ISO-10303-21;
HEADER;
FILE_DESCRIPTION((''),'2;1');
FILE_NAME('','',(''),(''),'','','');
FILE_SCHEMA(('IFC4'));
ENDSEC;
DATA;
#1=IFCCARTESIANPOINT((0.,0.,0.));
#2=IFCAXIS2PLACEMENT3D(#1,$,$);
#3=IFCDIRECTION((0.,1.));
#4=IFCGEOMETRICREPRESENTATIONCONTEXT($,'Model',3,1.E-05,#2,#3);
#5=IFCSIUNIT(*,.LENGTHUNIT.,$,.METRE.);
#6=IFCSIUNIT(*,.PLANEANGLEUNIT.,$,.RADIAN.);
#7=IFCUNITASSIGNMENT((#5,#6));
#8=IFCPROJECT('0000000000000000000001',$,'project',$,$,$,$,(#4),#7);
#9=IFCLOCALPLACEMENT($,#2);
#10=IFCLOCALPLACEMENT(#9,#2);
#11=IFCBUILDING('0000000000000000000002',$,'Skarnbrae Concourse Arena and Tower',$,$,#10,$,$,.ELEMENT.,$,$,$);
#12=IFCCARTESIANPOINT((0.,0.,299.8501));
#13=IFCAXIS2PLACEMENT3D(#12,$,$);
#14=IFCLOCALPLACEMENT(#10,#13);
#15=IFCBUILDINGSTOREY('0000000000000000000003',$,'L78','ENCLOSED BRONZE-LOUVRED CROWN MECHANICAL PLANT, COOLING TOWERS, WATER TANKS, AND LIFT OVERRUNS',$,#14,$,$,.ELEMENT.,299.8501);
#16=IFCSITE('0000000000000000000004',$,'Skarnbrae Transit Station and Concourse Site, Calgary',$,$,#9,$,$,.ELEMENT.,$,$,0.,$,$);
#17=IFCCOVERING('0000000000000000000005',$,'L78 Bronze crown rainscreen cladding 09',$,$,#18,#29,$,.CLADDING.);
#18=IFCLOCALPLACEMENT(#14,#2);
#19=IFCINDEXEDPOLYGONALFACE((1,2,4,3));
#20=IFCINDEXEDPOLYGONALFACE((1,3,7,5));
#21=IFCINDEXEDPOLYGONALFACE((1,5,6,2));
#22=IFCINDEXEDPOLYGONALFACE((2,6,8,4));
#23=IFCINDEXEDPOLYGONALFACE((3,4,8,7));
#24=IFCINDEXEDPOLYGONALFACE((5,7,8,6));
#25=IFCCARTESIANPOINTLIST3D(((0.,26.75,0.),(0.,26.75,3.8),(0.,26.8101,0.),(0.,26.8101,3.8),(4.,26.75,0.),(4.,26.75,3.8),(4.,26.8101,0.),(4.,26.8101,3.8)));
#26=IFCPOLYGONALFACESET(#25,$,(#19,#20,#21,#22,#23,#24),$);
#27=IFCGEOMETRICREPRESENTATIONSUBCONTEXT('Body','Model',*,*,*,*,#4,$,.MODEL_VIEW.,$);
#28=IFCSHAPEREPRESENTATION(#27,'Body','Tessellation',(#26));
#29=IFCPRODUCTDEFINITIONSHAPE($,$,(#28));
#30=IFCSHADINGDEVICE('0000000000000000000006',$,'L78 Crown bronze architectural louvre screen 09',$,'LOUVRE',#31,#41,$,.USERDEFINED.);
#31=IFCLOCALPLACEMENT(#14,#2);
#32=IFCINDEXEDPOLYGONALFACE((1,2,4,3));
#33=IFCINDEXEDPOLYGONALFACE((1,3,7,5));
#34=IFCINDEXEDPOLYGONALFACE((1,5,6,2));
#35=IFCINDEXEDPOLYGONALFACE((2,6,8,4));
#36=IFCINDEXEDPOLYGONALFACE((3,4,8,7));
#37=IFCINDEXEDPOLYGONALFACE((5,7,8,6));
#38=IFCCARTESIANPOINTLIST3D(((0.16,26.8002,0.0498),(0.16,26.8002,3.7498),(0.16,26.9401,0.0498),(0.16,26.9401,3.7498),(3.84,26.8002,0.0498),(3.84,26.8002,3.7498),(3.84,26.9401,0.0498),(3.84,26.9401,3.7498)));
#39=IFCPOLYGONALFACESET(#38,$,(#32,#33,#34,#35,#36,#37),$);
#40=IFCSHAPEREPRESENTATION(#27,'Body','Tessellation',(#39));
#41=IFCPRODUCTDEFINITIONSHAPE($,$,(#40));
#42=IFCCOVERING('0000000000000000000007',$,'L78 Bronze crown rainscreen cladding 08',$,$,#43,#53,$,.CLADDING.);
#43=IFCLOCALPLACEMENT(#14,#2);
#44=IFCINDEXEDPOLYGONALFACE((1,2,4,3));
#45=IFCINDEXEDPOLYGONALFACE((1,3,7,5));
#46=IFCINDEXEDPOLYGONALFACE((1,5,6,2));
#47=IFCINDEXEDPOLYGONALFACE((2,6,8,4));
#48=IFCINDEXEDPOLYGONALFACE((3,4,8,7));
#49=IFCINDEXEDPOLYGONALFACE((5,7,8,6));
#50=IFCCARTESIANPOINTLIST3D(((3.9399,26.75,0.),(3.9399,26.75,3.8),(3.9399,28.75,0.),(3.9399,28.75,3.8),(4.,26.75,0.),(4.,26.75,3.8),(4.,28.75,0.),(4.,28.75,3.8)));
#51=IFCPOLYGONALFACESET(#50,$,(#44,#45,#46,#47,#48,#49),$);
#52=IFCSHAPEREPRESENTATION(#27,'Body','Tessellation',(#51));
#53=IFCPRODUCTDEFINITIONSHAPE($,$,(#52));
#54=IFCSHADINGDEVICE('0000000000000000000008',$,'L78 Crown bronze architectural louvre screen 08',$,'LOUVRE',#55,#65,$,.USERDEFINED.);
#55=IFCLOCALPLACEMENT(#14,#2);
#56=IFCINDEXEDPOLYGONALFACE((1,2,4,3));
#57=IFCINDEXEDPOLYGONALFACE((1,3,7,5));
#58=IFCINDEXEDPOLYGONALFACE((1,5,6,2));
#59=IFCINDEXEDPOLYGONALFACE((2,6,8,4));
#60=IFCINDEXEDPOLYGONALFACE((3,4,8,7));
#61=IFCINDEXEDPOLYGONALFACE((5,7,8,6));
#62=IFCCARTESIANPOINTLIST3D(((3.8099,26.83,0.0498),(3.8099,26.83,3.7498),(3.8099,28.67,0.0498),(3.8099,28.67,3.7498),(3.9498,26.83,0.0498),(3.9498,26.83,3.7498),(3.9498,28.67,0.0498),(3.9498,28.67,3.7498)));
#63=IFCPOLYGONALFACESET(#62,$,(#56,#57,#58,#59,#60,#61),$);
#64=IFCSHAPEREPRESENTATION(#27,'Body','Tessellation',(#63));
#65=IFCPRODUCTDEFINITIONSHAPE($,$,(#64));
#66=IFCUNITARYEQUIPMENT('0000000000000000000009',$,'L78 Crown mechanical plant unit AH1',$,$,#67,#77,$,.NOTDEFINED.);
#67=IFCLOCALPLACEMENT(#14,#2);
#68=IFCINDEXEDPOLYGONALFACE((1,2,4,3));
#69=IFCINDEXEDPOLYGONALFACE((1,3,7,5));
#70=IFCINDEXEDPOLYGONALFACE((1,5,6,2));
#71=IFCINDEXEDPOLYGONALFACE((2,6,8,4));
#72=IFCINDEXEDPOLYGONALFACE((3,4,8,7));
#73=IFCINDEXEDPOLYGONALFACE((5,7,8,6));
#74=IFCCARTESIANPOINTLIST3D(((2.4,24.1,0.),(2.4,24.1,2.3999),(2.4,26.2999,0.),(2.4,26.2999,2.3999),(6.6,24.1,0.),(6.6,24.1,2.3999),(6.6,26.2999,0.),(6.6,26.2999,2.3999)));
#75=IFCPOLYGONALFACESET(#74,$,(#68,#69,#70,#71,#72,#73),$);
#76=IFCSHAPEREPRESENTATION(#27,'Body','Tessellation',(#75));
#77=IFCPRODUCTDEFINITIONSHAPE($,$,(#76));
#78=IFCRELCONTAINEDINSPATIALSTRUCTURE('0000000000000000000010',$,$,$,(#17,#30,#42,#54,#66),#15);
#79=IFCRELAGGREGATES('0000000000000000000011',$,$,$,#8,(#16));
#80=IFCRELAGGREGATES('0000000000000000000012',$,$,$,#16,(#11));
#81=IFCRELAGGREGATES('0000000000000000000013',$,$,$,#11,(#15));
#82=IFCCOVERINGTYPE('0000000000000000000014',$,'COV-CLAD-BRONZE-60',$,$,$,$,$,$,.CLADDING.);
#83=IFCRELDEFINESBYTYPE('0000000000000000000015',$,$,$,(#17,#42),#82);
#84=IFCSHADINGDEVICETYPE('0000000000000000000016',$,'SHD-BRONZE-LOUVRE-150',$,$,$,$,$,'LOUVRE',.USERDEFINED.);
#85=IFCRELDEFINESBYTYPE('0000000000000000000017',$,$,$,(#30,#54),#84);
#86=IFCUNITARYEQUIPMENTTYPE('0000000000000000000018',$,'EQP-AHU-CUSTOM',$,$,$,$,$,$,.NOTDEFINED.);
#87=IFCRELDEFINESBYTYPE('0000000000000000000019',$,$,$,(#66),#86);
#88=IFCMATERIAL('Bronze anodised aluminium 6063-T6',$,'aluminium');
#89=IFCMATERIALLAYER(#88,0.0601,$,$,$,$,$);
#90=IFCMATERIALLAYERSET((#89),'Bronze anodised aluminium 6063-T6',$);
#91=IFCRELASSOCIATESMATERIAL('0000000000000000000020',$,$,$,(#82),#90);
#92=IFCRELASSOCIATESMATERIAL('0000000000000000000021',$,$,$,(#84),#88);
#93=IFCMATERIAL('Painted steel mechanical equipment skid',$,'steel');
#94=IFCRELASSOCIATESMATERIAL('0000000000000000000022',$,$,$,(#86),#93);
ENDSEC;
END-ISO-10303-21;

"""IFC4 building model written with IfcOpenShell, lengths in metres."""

from ifc_helpers import new_model, si_unit, direction, frame, origin, origin_2d, place, context, subcontext, project, spatial, rectangle, extrude, source, transform, mapped, material, layer, layer_set, type_object, element, save


model = new_model("IFC4")

# Units and contexts
model_context = context("Model", 3, precision=1e-05, world=origin(), true_north=direction((0.0, 1.0)))
body_context = subcontext(model_context, "Body", "Model", "MODEL_VIEW")
ifc_project = project(units=[si_unit("LENGTHUNIT", "METRE"), si_unit("PLANEANGLEUNIT", "RADIAN")], contexts=[model_context])

# Site, building, storey
site_placement = place(None, origin())
site = spatial("IfcSite", under=ifc_project, at=site_placement, Name="Skarnbrae Transit Station and Concourse Site, Calgary", CompositionType="ELEMENT", RefElevation=0.0)
building_placement = place(site_placement, origin())
building = spatial("IfcBuilding", under=site, at=building_placement, Name="Skarnbrae Concourse Arena and Tower", CompositionType="ELEMENT")
storey_placement = place(building_placement, frame((0.0, 0.0, 299.8501)))
storey = spatial("IfcBuildingStorey", under=building, at=storey_placement, Name="L78", Description="ENCLOSED BRONZE-LOUVRED CROWN MECHANICAL PLANT, COOLING TOWERS, WATER TANKS, AND LIFT OVERRUNS", CompositionType="ELEMENT", Elevation=299.8501)

# Covering
ifc_material_1 = material(Name="Bronze anodised aluminium 6063-T6", Category="aluminium")
ifc_layer_1 = layer(ifc_material_1, 0.0601)
ifc_layer_set_1 = layer_set([ifc_layer_1], Name="Bronze anodised aluminium 6063-T6")
covering_type = type_object("IfcCoveringType", Name="COV-CLAD-BRONZE-60", PredefinedType="CLADDING", material=ifc_layer_set_1)
shared_shape_1 = source(origin(), body_context, "Body", "SweptSolid", [
    extrude(rectangle(XDim=4.0, YDim=0.0601, at=origin_2d()), origin(), (0.0, 0.0, 1.0), 3.8),
])
covering_1_placement = place(storey_placement, frame((2.0, 26.78, 0.0), z_axis=(0.0, 0.0, 1.0), x_axis=(-1.0, 0.0, 0.0)))
element("IfcCovering", 1, at=covering_1_placement, inside=storey, type_object=covering_type, Name="L78 Bronze crown rainscreen cladding 09", PredefinedType="CLADDING", context=body_context, shape_type="MappedRepresentation", body=[
    mapped(shared_shape_1, transform((0.0, 0.0, 0.0))),
])

# Shading device
shading_device_type = type_object("IfcShadingDeviceType", Name="SHD-BRONZE-LOUVRE-150", ElementType="LOUVRE", PredefinedType="USERDEFINED", material=ifc_material_1)
shared_shape_2 = source(origin(), body_context, "Body", "SweptSolid", [
    extrude(rectangle(XDim=3.6799, YDim=0.1399, at=origin_2d()), origin(), (0.0, 0.0, 1.0), 3.7),
])
shading_device_1_placement = place(storey_placement, frame((2.0, 26.8701, 0.0498), z_axis=(0.0, 0.0, 1.0), x_axis=(-1.0, 0.0, 0.0)))
element("IfcShadingDevice", 2, at=shading_device_1_placement, inside=storey, type_object=shading_device_type, Name="L78 Crown bronze architectural louvre screen 09", ObjectType="LOUVRE", PredefinedType="USERDEFINED", context=body_context, shape_type="MappedRepresentation", body=[
    mapped(shared_shape_2, transform((0.0, 0.0, 0.0))),
])

# Covering
shared_shape_3 = source(origin(), body_context, "Body", "SweptSolid", [
    extrude(rectangle(XDim=2.0, YDim=0.0601, at=origin_2d()), origin(), (0.0, 0.0, 1.0), 3.8),
])
covering_2_placement = place(storey_placement, frame((3.97, 27.75, 0.0), z_axis=(0.0, 0.0, 1.0), x_axis=(0.0, -1.0, 0.0)))
element("IfcCovering", 3, at=covering_2_placement, inside=storey, type_object=covering_type, Name="L78 Bronze crown rainscreen cladding 08", PredefinedType="CLADDING", context=body_context, shape_type="MappedRepresentation", body=[
    mapped(shared_shape_3, transform((0.0, 0.0, 0.0))),
])

# Shading device
shared_shape_4 = source(origin(), body_context, "Body", "SweptSolid", [
    extrude(rectangle(XDim=1.8401, YDim=0.1399, at=origin_2d()), origin(), (0.0, 0.0, 1.0), 3.7),
])
shading_device_2_placement = place(storey_placement, frame((3.8799, 27.75, 0.0498), z_axis=(0.0, 0.0, 1.0), x_axis=(0.0, -1.0, 0.0)))
element("IfcShadingDevice", 4, at=shading_device_2_placement, inside=storey, type_object=shading_device_type, Name="L78 Crown bronze architectural louvre screen 08", ObjectType="LOUVRE", PredefinedType="USERDEFINED", context=body_context, shape_type="MappedRepresentation", body=[
    mapped(shared_shape_4, transform((0.0, 0.0, 0.0))),
])

# Unitary equipment
ifc_material_2 = material(Name="Painted steel mechanical equipment skid", Category="steel")
unitary_equipment_type = type_object("IfcUnitaryEquipmentType", Name="EQP-AHU-CUSTOM", PredefinedType="NOTDEFINED", material=ifc_material_2)
shared_shape_5 = source(origin(), body_context, "Body", "SweptSolid", [
    extrude(rectangle(XDim=4.2, YDim=2.2, at=origin_2d()), origin(), (0.0, 0.0, 1.0), 2.3999),
])
unitary_equipment_placement = place(storey_placement, frame((4.5, 25.2, 0.0), z_axis=(0.0, 0.0, 1.0), x_axis=(1.0, 0.0, 0.0)))
element("IfcUnitaryEquipment", 5, at=unitary_equipment_placement, inside=storey, type_object=unitary_equipment_type, Name="L78 Crown mechanical plant unit AH1", PredefinedType="NOTDEFINED", context=body_context, shape_type="MappedRepresentation", body=[
    mapped(shared_shape_5, transform((0.0, 0.0, 0.0))),
])

save(model, "model.ifc")
